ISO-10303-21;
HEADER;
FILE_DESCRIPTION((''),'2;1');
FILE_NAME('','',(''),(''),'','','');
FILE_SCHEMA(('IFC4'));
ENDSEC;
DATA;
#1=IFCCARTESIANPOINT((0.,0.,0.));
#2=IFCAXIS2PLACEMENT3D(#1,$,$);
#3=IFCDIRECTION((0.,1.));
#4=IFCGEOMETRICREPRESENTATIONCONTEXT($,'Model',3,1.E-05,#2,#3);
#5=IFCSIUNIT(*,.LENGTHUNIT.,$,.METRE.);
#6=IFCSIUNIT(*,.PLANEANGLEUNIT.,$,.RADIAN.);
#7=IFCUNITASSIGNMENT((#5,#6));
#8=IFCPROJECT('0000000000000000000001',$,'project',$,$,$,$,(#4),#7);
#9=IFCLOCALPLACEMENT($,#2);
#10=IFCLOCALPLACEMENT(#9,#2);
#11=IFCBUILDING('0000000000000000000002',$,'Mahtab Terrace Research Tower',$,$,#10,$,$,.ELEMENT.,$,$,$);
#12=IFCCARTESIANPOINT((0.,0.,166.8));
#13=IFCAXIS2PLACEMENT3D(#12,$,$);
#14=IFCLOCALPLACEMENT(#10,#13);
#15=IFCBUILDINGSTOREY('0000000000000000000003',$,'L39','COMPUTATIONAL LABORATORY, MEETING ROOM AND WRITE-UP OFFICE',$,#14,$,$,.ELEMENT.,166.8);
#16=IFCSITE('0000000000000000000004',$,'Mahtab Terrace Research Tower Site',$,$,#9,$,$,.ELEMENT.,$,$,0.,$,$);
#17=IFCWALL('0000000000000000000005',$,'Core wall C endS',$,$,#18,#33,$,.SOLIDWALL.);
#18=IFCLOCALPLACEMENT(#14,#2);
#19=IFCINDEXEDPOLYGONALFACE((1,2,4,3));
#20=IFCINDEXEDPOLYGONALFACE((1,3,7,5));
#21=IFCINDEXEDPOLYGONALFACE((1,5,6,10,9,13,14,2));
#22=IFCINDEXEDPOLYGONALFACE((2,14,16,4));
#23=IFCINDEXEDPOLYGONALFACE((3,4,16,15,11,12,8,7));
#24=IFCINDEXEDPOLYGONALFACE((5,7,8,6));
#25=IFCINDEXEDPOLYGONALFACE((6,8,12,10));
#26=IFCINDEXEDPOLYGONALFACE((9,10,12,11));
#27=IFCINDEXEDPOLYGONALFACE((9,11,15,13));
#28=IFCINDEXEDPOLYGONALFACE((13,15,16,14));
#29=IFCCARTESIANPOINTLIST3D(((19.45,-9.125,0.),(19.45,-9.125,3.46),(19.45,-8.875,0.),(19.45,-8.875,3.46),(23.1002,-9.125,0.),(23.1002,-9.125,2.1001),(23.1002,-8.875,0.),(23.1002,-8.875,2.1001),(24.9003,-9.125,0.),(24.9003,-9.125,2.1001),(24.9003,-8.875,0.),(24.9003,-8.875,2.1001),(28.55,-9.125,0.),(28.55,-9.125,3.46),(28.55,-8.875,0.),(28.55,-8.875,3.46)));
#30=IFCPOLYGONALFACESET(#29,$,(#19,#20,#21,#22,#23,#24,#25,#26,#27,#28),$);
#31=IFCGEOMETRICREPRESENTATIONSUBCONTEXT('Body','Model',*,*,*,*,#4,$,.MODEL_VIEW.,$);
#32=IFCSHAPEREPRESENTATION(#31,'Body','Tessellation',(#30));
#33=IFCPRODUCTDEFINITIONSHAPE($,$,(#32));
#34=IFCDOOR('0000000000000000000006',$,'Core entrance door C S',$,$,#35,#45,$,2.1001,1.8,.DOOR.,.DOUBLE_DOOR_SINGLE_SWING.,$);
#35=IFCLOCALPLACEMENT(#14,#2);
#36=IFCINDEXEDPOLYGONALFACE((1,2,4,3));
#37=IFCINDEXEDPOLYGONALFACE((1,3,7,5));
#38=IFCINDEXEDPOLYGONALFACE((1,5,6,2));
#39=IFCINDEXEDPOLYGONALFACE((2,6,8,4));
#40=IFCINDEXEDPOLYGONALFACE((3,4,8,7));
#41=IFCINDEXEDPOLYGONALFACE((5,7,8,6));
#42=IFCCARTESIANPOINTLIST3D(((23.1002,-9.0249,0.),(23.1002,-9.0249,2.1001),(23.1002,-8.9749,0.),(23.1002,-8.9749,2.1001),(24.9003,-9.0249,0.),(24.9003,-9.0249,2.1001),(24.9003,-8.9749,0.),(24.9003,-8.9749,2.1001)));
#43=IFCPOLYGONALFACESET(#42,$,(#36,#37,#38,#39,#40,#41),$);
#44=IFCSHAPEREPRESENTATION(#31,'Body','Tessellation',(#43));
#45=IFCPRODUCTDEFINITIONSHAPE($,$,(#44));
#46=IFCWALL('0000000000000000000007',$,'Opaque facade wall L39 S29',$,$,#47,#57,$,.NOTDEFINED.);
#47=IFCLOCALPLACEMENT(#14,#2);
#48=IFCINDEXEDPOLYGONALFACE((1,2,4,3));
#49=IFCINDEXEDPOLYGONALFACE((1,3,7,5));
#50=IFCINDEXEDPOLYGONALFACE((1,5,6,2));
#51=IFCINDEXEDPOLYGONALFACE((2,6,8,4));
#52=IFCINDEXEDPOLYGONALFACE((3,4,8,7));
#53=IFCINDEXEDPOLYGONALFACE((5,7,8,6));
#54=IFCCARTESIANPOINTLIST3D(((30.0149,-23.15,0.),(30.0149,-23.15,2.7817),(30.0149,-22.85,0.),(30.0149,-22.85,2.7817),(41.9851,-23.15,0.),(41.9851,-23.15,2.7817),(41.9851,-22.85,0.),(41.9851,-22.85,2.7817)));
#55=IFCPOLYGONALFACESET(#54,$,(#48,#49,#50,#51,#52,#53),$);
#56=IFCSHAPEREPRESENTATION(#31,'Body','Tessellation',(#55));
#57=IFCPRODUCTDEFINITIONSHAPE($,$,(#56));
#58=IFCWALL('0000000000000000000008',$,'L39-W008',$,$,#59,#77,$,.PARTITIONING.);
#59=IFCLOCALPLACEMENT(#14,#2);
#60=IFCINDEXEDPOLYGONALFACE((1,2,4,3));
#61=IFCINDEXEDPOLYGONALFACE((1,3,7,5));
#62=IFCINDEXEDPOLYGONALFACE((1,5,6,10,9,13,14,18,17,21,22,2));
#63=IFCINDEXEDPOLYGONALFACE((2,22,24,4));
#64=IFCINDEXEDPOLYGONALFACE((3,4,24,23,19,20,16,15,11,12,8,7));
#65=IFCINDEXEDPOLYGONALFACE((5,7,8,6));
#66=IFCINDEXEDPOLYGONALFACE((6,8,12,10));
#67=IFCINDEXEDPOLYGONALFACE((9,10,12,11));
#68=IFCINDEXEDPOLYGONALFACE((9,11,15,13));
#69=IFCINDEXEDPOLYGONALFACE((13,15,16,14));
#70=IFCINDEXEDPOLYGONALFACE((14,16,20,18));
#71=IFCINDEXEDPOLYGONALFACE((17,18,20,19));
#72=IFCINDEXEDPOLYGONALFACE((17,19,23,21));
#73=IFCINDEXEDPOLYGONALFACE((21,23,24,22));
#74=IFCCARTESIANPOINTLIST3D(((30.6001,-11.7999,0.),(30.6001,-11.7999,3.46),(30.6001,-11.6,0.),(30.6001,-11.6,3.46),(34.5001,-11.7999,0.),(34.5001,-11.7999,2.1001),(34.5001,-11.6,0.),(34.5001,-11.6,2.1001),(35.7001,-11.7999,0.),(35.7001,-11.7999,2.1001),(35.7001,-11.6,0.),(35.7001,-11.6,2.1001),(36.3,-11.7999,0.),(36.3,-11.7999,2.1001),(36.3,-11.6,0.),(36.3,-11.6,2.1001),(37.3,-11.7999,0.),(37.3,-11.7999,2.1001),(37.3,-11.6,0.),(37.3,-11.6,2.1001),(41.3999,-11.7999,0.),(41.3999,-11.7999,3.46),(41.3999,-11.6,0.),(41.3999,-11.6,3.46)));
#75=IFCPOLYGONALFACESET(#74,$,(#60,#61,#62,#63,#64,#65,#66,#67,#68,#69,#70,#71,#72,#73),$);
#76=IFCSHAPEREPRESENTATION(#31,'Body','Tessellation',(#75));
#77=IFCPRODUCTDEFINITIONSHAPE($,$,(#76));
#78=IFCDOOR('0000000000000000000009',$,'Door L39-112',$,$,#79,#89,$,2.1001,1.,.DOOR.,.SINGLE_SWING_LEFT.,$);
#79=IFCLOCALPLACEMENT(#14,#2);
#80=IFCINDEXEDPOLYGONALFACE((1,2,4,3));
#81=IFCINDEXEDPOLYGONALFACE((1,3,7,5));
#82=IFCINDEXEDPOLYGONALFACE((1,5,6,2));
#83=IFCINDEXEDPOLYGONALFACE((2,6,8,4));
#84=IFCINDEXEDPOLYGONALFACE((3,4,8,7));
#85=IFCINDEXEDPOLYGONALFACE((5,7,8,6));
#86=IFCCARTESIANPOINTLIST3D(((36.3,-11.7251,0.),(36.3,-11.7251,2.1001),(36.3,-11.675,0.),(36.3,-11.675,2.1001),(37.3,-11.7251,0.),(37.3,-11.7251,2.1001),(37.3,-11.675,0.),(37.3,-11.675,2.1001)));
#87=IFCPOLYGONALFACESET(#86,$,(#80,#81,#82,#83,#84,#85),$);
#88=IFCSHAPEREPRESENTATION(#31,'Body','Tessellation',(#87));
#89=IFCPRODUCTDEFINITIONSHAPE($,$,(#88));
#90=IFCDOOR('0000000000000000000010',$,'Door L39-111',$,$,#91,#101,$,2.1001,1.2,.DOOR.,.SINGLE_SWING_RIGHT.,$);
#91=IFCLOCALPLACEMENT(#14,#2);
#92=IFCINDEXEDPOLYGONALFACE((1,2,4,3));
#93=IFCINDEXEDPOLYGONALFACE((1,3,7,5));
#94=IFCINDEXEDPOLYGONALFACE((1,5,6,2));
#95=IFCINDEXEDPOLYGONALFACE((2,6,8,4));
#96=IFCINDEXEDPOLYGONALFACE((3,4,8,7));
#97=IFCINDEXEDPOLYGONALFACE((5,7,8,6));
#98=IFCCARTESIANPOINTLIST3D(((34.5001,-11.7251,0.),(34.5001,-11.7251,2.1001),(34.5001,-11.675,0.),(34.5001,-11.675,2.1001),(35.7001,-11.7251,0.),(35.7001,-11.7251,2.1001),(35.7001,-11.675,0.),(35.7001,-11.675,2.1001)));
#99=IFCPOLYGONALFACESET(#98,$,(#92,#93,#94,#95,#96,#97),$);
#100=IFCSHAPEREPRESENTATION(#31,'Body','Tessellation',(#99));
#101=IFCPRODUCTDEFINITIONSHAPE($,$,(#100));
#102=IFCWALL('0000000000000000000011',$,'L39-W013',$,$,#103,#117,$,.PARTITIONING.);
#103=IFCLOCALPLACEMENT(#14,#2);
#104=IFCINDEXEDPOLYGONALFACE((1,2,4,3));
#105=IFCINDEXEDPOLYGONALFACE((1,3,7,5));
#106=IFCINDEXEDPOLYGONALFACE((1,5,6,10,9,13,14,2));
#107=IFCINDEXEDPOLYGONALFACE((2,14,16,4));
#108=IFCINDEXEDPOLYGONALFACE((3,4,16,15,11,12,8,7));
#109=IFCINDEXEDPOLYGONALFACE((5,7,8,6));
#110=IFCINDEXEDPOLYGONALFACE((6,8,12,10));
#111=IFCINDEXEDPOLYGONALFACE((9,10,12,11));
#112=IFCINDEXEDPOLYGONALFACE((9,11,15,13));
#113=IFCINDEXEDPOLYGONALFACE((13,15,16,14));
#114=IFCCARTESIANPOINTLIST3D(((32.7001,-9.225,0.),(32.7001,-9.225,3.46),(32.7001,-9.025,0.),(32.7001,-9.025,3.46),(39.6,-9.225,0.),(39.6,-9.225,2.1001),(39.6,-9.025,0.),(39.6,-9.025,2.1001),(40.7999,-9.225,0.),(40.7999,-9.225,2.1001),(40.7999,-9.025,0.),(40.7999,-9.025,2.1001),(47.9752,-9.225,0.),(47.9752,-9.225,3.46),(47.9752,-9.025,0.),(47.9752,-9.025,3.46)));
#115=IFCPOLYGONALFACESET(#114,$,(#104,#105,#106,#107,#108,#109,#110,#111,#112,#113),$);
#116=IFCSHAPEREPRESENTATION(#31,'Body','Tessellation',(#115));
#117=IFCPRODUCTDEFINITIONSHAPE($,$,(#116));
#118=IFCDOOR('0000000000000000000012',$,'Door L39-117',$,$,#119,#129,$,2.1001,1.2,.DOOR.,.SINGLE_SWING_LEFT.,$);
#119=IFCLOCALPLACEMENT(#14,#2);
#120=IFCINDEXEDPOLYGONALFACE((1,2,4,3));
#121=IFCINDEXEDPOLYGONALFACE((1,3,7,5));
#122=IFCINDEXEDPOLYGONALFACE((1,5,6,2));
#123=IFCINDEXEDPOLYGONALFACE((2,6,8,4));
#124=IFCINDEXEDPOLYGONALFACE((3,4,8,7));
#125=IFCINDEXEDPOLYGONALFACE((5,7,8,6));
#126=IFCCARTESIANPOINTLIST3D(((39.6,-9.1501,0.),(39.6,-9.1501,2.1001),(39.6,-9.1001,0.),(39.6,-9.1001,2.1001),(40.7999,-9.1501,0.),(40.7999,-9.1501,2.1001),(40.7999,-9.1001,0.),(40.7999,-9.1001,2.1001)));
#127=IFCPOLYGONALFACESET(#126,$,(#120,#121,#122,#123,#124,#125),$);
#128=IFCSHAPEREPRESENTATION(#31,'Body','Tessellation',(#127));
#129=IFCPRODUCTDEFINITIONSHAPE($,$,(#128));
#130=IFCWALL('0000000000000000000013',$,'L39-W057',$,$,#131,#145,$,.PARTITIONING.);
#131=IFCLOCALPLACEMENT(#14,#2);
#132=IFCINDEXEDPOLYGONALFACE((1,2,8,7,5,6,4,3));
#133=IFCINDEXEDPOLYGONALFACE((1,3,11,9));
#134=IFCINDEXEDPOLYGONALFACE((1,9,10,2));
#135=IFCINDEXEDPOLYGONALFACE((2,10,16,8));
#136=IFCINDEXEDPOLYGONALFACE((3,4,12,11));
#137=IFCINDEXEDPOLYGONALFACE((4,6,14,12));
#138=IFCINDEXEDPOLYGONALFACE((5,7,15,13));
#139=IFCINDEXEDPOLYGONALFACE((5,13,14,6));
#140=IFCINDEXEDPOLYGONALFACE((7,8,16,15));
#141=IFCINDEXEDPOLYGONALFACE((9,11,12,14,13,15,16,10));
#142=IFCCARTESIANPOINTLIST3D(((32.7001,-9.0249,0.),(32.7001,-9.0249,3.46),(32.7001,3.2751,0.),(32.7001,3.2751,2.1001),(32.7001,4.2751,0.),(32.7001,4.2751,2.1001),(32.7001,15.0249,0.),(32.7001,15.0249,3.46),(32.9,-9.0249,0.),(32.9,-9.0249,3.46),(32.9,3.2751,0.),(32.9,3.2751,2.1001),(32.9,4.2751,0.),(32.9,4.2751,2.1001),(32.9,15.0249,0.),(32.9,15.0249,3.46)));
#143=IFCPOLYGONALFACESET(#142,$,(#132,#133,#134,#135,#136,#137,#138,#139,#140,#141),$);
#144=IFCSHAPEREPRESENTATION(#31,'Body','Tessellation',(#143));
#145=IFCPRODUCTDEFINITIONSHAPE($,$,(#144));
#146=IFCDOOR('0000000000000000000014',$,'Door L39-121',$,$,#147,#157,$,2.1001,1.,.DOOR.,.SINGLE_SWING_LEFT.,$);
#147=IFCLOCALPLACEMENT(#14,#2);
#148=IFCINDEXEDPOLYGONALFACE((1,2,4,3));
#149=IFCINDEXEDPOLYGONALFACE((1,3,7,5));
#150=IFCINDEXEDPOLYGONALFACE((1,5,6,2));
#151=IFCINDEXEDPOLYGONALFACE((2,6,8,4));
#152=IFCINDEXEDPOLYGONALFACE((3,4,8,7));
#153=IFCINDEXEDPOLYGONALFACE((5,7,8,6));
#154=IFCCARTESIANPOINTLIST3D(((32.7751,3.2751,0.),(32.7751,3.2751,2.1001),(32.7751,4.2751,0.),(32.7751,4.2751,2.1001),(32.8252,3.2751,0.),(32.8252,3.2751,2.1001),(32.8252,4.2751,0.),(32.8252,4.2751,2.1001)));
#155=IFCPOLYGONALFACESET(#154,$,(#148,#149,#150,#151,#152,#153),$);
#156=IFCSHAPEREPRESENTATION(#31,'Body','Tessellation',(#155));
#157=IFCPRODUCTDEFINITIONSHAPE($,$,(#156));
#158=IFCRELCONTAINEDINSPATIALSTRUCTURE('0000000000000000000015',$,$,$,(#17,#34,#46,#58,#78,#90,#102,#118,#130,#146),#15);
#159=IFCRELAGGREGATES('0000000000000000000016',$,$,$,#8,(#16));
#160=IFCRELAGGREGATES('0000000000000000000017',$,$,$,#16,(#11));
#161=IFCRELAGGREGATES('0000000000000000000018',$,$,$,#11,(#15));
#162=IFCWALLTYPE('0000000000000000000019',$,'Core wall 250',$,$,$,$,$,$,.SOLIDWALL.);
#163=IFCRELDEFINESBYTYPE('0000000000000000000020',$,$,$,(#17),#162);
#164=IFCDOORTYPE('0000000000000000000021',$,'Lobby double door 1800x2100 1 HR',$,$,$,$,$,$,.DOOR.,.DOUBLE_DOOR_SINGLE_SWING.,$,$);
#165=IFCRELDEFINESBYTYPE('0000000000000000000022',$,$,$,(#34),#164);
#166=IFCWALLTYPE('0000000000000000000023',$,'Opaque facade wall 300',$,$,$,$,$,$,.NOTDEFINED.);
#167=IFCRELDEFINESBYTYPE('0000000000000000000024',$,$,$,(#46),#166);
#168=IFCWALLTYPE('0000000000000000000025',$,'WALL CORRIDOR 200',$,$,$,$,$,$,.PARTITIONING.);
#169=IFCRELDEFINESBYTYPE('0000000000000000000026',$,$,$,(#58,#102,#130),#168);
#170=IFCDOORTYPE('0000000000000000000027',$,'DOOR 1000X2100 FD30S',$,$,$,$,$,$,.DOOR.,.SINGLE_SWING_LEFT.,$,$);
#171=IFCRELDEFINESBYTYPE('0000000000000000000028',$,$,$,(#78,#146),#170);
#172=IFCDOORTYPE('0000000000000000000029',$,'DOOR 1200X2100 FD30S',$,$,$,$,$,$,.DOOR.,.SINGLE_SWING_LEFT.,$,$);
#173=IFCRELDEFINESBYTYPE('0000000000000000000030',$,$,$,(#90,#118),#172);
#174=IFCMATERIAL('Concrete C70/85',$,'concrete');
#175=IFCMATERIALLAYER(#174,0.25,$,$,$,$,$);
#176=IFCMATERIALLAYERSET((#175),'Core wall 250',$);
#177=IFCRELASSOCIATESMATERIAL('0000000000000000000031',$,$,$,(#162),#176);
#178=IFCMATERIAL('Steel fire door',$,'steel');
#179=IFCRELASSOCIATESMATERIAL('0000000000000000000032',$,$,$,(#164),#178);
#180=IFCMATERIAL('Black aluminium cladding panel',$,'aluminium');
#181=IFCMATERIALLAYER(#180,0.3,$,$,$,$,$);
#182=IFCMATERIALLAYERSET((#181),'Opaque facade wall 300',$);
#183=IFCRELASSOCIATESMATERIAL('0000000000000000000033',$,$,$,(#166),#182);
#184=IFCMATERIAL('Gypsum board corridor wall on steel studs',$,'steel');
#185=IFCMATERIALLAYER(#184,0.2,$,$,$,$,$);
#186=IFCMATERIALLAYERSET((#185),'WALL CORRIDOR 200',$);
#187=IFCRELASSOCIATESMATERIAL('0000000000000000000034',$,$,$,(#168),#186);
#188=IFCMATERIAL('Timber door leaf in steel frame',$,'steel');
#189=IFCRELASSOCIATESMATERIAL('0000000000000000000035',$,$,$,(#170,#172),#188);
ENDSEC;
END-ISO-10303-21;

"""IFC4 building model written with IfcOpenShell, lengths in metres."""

from ifc_helpers import new_model, si_unit, direction, frame, frame_2d, origin, place, context, subcontext, project, spatial, rectangle, extrude, material, layer, layer_set, type_object, element, fill, save


model = new_model("IFC4")

# Units and contexts
model_context = context("Model", 3, precision=1e-05, world=origin(), true_north=direction((0.0, 1.0)))
body_context = subcontext(model_context, "Body", "Model", "MODEL_VIEW")
ifc_project = project(units=[si_unit("LENGTHUNIT", "METRE"), si_unit("PLANEANGLEUNIT", "RADIAN")], contexts=[model_context])

# Site, building, storey
site_placement = place(None, origin())
site = spatial("IfcSite", under=ifc_project, at=site_placement, Name="Mahtab Terrace Research Tower Site", CompositionType="ELEMENT", RefElevation=0.0)
building_placement = place(site_placement, origin())
building = spatial("IfcBuilding", under=site, at=building_placement, Name="Mahtab Terrace Research Tower", CompositionType="ELEMENT")
storey_placement = place(building_placement, frame((0.0, 0.0, 166.8)))
storey = spatial("IfcBuildingStorey", under=building, at=storey_placement, Name="L39", Description="COMPUTATIONAL LABORATORY, MEETING ROOM AND WRITE-UP OFFICE", CompositionType="ELEMENT", Elevation=166.8)

# Shared definitions
ifc_material_1 = material(Name="Concrete C70/85", Category="concrete")

# Shared definitions
ifc_layer_1 = layer(ifc_material_1, 0.25)
ifc_layer_set_1 = layer_set([ifc_layer_1], Name="Core wall 250")
wall_type_1 = type_object("IfcWallType", Name="Core wall 250", PredefinedType="SOLIDWALL", material=ifc_layer_set_1)
ifc_material_2 = material(Name="Steel fire door", Category="steel")

# Wall, opening, door
wall_1_placement = place(storey_placement, frame((28.55, -9.0, 0.0), z_axis=(0.0, 0.0, 1.0), x_axis=(-1.0, 0.0, 0.0)))
wall_1 = element("IfcWall", 1, at=wall_1_placement, inside=storey, type_object=wall_type_1, Name="Core wall C endS", PredefinedType="SOLIDWALL", context=body_context, shape_type="SweptSolid", body=[
    extrude(rectangle(XDim=9.1001, YDim=0.25, at=frame_2d((4.55, 0.0))), origin(), (0.0, 0.0, 1.0), 3.46),
])
opening_1_placement = place(wall_1_placement, frame((3.6499, 0.0, 0.0)))
opening_1 = element("IfcOpeningElement", 2, at=opening_1_placement, cuts=wall_1, PredefinedType="OPENING", context=body_context, shape_type="SweptSolid", body=[
    extrude(rectangle(XDim=1.8, YDim=2.1001, at=frame_2d((0.8999, 1.05))), frame((0.0, 0.135, 0.0), z_axis=(0.0, -1.0, 0.0), x_axis=(1.0, 0.0, 0.0)), (0.0, 0.0, 1.0), 0.27),
])
door_type_1 = type_object("IfcDoorType", Name="Lobby double door 1800x2100 1 HR", OperationType="DOUBLE_DOOR_SINGLE_SWING", PredefinedType="DOOR", material=ifc_material_2)
door_1_placement = place(opening_1_placement, origin())
door_1 = element("IfcDoor", 3, at=door_1_placement, inside=storey, type_object=door_type_1, Name="Core entrance door C S", OperationType="DOUBLE_DOOR_SINGLE_SWING", OverallHeight=2.1001, OverallWidth=1.8, PredefinedType="DOOR", context=body_context, shape_type="SweptSolid", body=[
    extrude(rectangle(XDim=1.8, YDim=2.1001, at=frame_2d((0.8999, 1.05))), frame((0.0, 0.0249, 0.0), z_axis=(0.0, -1.0, 0.0), x_axis=(1.0, 0.0, 0.0)), (0.0, 0.0, 1.0), 0.05),
])
fill(opening_1, door_1)

# Wall
ifc_material_3 = material(Name="Black aluminium cladding panel", Category="aluminium")
ifc_layer_2 = layer(ifc_material_3, 0.3)
ifc_layer_set_2 = layer_set([ifc_layer_2], Name="Opaque facade wall 300")
wall_type_2 = type_object("IfcWallType", Name="Opaque facade wall 300", PredefinedType="NOTDEFINED", material=ifc_layer_set_2)
wall_2_placement = place(storey_placement, frame((30.0149, -23.0, 0.0), z_axis=(0.0, 0.0, 1.0), x_axis=(1.0, 0.0, 0.0)))
element("IfcWall", 4, at=wall_2_placement, inside=storey, type_object=wall_type_2, Name="Opaque facade wall L39 S29", PredefinedType="NOTDEFINED", context=body_context, shape_type="SweptSolid", body=[
    extrude(rectangle(XDim=11.9702, YDim=0.3, at=frame_2d((5.9851, 0.0))), origin(), (0.0, 0.0, 1.0), 2.7817),
])

# Wall, openings, doors
ifc_material_4 = material(Name="Gypsum board corridor wall on steel studs", Category="steel")
ifc_layer_3 = layer(ifc_material_4, 0.2)
ifc_layer_set_3 = layer_set([ifc_layer_3], Name="WALL CORRIDOR 200")
wall_type_3 = type_object("IfcWallType", Name="WALL CORRIDOR 200", PredefinedType="PARTITIONING", material=ifc_layer_set_3)
wall_3_placement = place(storey_placement, frame((30.6001, -11.7, 0.0), z_axis=(0.0, 0.0, 1.0), x_axis=(1.0, 0.0, 0.0)))
wall_3 = element("IfcWall", 5, at=wall_3_placement, inside=storey, type_object=wall_type_3, Name="L39-W008", PredefinedType="PARTITIONING", context=body_context, shape_type="SweptSolid", body=[
    extrude(rectangle(XDim=10.7998, YDim=0.2, at=frame_2d((5.3999, 0.0))), origin(), (0.0, 0.0, 1.0), 3.46),
])
opening_2_placement = place(wall_3_placement, frame((3.8999, 0.0, 0.0)))
opening_2 = element("IfcOpeningElement", 6, at=opening_2_placement, cuts=wall_3, PredefinedType="OPENING", context=body_context, shape_type="SweptSolid", body=[
    extrude(rectangle(XDim=1.2, YDim=2.1001, at=frame_2d((0.6001, 1.05))), frame((0.0, 0.1099, 0.0), z_axis=(0.0, -1.0, 0.0), x_axis=(1.0, 0.0, 0.0)), (0.0, 0.0, 1.0), 0.22),
])
opening_3_placement = place(wall_3_placement, frame((5.7, 0.0, 0.0)))
opening_3 = element("IfcOpeningElement", 7, at=opening_3_placement, cuts=wall_3, PredefinedType="OPENING", context=body_context, shape_type="SweptSolid", body=[
    extrude(rectangle(XDim=1.0, YDim=2.1001, at=frame_2d((0.5, 1.05))), frame((0.0, 0.1099, 0.0), z_axis=(0.0, -1.0, 0.0), x_axis=(1.0, 0.0, 0.0)), (0.0, 0.0, 1.0), 0.22),
])
ifc_material_5 = material(Name="Timber door leaf in steel frame", Category="steel")
door_type_2 = type_object("IfcDoorType", Name="DOOR 1000X2100 FD30S", OperationType="SINGLE_SWING_LEFT", PredefinedType="DOOR", material=ifc_material_5)
door_2_placement = place(opening_3_placement, origin())
door_2 = element("IfcDoor", 8, at=door_2_placement, inside=storey, type_object=door_type_2, Name="Door L39-112", OperationType="SINGLE_SWING_LEFT", OverallHeight=2.1001, OverallWidth=1.0, PredefinedType="DOOR", context=body_context, shape_type="SweptSolid", body=[
    extrude(rectangle(XDim=1.0, YDim=2.1001, at=frame_2d((0.5, 1.05))), frame((0.0, 0.0249, 0.0), z_axis=(0.0, -1.0, 0.0), x_axis=(1.0, 0.0, 0.0)), (0.0, 0.0, 1.0), 0.05),
])
fill(opening_3, door_2)
door_type_3 = type_object("IfcDoorType", Name="DOOR 1200X2100 FD30S", OperationType="SINGLE_SWING_LEFT", PredefinedType="DOOR", material=ifc_material_5)
door_3_placement = place(opening_2_placement, origin())
door_3 = element("IfcDoor", 9, at=door_3_placement, inside=storey, type_object=door_type_3, Name="Door L39-111", OperationType="SINGLE_SWING_RIGHT", OverallHeight=2.1001, OverallWidth=1.2, PredefinedType="DOOR", context=body_context, shape_type="SweptSolid", body=[
    extrude(rectangle(XDim=1.2, YDim=2.1001, at=frame_2d((0.6001, 1.05))), frame((0.0, 0.0249, 0.0), z_axis=(0.0, -1.0, 0.0), x_axis=(1.0, 0.0, 0.0)), (0.0, 0.0, 1.0), 0.05),
])
fill(opening_2, door_3)

# Walls, openings, doors
wall_4_placement = place(storey_placement, frame((32.7, -9.125, 0.0), z_axis=(0.0, 0.0, 1.0), x_axis=(1.0, 0.0, 0.0)))
wall_4 = element("IfcWall", 10, at=wall_4_placement, inside=storey, type_object=wall_type_3, Name="L39-W013", PredefinedType="PARTITIONING", context=body_context, shape_type="SweptSolid", body=[
    extrude(rectangle(XDim=15.2751, YDim=0.2, at=frame_2d((7.6377, 0.0))), origin(), (0.0, 0.0, 1.0), 3.46),
])
opening_4_placement = place(wall_4_placement, frame((6.8999, 0.0, 0.0)))
opening_4 = element("IfcOpeningElement", 11, at=opening_4_placement, cuts=wall_4, PredefinedType="OPENING", context=body_context, shape_type="SweptSolid", body=[
    extrude(rectangle(XDim=1.2, YDim=2.1001, at=frame_2d((0.6001, 1.05))), frame((0.0, 0.1099, 0.0), z_axis=(0.0, -1.0, 0.0), x_axis=(1.0, 0.0, 0.0)), (0.0, 0.0, 1.0), 0.22),
])
door_4_placement = place(opening_4_placement, origin())
door_4 = element("IfcDoor", 12, at=door_4_placement, inside=storey, type_object=door_type_3, Name="Door L39-117", OperationType="SINGLE_SWING_LEFT", OverallHeight=2.1001, OverallWidth=1.2, PredefinedType="DOOR", context=body_context, shape_type="SweptSolid", body=[
    extrude(rectangle(XDim=1.2, YDim=2.1001, at=frame_2d((0.6001, 1.05))), frame((0.0, 0.0249, 0.0), z_axis=(0.0, -1.0, 0.0), x_axis=(1.0, 0.0, 0.0)), (0.0, 0.0, 1.0), 0.05),
])
fill(opening_4, door_4)
wall_5_placement = place(storey_placement, frame((32.8, -9.0249, 0.0), z_axis=(0.0, 0.0, 1.0), x_axis=(0.0, 1.0, 0.0)))
wall_5 = element("IfcWall", 13, at=wall_5_placement, inside=storey, type_object=wall_type_3, Name="L39-W057", PredefinedType="PARTITIONING", context=body_context, shape_type="SweptSolid", body=[
    extrude(rectangle(XDim=24.0498, YDim=0.2, at=frame_2d((12.0249, 0.0))), origin(), (0.0, 0.0, 1.0), 3.46),
])
opening_5_placement = place(wall_5_placement, frame((12.3, 0.0, 0.0)))
opening_5 = element("IfcOpeningElement", 14, at=opening_5_placement, cuts=wall_5, PredefinedType="OPENING", context=body_context, shape_type="SweptSolid", body=[
    extrude(rectangle(XDim=1.0, YDim=2.1001, at=frame_2d((0.5, 1.05))), frame((0.0, 0.1099, 0.0), z_axis=(0.0, -1.0, 0.0), x_axis=(1.0, 0.0, 0.0)), (0.0, 0.0, 1.0), 0.22),
])
door_5_placement = place(opening_5_placement, origin())
door_5 = element("IfcDoor", 15, at=door_5_placement, inside=storey, type_object=door_type_2, Name="Door L39-121", OperationType="SINGLE_SWING_LEFT", OverallHeight=2.1001, OverallWidth=1.0, PredefinedType="DOOR", context=body_context, shape_type="SweptSolid", body=[
    extrude(rectangle(XDim=1.0, YDim=2.1001, at=frame_2d((0.5, 1.05))), frame((0.0, 0.0249, 0.0), z_axis=(0.0, -1.0, 0.0), x_axis=(1.0, 0.0, 0.0)), (0.0, 0.0, 1.0), 0.05),
])
fill(opening_5, door_5)

save(model, "model.ifc")
